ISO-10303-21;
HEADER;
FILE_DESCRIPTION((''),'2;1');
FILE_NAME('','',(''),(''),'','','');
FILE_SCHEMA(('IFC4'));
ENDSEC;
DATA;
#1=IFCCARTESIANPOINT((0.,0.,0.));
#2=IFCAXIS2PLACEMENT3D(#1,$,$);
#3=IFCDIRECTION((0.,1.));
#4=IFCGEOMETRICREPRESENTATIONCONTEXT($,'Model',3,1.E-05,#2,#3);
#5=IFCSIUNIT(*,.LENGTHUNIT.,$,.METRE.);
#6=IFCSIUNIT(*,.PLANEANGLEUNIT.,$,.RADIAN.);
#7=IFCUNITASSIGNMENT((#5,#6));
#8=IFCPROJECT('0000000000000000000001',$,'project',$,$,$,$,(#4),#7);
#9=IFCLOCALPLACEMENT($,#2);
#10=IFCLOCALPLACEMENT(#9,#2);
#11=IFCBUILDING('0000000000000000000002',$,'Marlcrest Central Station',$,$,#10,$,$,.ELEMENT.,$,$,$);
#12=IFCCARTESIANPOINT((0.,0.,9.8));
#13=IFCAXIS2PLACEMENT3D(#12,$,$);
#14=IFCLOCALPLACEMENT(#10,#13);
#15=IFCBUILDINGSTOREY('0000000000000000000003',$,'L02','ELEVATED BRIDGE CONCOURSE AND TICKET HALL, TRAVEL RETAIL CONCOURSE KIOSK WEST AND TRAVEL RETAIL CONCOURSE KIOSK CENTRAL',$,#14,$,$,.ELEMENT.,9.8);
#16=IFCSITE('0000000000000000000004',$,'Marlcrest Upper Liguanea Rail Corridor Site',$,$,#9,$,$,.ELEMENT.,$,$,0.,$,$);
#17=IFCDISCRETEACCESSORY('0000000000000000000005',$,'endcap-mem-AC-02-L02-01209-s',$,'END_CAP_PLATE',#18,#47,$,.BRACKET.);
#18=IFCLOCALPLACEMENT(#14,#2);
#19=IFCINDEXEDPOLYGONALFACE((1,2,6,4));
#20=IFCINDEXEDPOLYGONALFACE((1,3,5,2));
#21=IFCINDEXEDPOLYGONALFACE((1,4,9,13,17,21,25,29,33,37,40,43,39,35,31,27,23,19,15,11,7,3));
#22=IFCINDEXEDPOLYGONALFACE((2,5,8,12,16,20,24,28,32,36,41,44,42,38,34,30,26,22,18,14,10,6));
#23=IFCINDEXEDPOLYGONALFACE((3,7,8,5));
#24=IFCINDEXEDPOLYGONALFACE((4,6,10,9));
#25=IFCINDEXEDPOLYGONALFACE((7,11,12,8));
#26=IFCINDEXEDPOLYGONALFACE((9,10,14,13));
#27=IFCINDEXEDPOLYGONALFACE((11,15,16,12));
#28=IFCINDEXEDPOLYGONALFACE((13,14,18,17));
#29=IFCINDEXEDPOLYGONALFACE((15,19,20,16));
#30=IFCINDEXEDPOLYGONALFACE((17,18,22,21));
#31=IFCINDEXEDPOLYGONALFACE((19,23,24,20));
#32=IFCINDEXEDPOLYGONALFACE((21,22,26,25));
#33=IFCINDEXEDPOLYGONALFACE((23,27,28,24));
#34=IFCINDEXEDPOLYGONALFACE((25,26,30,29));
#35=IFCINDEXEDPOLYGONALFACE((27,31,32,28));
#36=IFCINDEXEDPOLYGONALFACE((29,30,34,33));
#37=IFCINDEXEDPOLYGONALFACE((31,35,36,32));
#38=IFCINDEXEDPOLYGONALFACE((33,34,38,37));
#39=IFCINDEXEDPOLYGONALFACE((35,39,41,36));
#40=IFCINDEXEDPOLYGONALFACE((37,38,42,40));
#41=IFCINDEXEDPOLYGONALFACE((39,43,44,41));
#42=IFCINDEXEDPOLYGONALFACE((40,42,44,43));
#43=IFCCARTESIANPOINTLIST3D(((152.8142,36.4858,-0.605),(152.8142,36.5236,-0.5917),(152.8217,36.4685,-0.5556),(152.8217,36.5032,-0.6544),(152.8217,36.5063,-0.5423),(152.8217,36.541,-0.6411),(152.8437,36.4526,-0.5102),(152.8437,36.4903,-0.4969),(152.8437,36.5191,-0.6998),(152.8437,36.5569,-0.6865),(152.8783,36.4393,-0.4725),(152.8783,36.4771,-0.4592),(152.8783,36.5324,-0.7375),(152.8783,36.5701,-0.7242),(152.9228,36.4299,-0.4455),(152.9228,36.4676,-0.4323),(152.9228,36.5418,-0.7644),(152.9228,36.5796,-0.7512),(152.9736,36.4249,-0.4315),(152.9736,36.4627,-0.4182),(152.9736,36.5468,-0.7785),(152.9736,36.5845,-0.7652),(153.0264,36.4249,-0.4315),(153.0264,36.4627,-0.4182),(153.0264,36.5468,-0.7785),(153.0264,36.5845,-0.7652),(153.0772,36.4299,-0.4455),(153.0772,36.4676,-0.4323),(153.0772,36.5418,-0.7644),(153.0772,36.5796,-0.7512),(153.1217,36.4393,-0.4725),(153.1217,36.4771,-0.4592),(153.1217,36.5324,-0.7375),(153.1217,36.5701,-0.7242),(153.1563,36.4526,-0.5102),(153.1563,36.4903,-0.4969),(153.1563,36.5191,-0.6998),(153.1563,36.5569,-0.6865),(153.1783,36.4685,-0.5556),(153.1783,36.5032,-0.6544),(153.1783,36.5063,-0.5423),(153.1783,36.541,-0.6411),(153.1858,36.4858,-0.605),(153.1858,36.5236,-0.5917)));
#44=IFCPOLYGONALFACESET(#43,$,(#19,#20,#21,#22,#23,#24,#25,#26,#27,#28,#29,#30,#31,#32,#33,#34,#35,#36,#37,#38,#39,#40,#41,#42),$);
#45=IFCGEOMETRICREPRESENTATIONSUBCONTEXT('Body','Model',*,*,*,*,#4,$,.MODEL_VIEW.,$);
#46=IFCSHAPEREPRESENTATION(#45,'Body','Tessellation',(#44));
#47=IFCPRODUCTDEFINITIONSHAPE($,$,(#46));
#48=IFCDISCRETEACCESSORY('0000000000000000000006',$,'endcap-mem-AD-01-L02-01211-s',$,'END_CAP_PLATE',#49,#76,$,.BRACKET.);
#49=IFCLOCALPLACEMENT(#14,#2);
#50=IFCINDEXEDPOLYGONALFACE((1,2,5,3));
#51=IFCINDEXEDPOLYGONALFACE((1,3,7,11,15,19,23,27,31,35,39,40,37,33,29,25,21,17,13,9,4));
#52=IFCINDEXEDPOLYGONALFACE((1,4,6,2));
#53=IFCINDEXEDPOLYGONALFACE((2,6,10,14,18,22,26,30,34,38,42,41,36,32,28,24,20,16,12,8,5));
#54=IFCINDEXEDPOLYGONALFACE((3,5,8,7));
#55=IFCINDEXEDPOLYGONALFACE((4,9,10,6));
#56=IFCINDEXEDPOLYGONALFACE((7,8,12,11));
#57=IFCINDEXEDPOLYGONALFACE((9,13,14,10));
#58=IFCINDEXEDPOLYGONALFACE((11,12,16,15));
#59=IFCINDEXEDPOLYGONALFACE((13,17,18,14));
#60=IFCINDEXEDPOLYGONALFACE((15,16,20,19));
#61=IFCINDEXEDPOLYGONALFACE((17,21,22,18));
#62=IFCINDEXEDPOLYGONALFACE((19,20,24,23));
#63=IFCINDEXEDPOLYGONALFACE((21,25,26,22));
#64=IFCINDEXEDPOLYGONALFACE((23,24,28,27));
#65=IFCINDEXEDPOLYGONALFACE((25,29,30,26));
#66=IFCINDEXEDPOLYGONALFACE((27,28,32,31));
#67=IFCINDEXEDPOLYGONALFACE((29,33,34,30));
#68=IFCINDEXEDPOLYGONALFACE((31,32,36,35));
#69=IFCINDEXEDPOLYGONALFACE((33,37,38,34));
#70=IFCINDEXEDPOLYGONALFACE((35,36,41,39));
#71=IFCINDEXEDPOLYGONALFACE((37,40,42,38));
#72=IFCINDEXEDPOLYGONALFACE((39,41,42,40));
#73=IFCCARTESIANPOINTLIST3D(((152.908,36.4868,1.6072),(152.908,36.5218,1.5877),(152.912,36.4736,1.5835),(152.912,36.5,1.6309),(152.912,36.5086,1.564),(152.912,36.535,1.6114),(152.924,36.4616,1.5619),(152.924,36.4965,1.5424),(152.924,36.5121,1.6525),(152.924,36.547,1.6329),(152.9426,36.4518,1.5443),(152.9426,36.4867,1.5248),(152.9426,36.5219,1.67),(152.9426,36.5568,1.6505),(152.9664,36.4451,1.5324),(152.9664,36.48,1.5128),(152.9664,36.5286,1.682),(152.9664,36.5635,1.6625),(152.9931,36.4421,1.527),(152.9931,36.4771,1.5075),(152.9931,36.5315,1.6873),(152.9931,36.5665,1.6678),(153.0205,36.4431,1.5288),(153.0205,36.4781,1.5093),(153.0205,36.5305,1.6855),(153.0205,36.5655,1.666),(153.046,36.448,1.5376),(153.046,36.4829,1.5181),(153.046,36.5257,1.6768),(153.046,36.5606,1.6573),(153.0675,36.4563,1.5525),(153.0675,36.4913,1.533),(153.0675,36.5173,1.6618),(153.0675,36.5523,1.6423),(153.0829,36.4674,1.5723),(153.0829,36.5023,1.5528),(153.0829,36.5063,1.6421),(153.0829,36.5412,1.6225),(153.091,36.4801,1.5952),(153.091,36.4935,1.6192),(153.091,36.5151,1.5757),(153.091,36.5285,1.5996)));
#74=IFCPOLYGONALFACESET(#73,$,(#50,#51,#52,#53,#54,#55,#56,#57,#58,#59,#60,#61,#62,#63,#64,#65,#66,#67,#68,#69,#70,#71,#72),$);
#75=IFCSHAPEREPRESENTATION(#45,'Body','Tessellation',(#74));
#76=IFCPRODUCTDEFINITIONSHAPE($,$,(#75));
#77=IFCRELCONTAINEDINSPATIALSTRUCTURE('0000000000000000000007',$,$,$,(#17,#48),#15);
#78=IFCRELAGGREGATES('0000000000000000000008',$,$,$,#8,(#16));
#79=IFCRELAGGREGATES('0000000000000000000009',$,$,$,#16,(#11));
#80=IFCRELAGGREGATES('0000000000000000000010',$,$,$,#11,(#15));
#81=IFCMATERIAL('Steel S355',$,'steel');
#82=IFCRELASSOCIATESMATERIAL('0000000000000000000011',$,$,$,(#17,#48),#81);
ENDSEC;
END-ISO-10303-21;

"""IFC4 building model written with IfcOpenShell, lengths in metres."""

from ifc_helpers import new_model, si_unit, direction, frame, origin, origin_2d, place, context, subcontext, project, spatial, circle, extrude, material, element, save


model = new_model("IFC4")

# Units and contexts
model_context = context("Model", 3, precision=1e-05, world=origin(), true_north=direction((0.0, 1.0)))
body_context = subcontext(model_context, "Body", "Model", "MODEL_VIEW")
ifc_project = project(units=[si_unit("LENGTHUNIT", "METRE"), si_unit("PLANEANGLEUNIT", "RADIAN")], contexts=[model_context])

# Site, building, storey
site_placement = place(None, origin())
site = spatial("IfcSite", under=ifc_project, at=site_placement, Name="Marlcrest Upper Liguanea Rail Corridor Site", CompositionType="ELEMENT", RefElevation=0.0)
building_placement = place(site_placement, origin())
building = spatial("IfcBuilding", under=site, at=building_placement, Name="Marlcrest Central Station", CompositionType="ELEMENT")
storey_placement = place(building_placement, frame((0.0, 0.0, 9.8)))
storey = spatial("IfcBuildingStorey", under=building, at=storey_placement, Name="L02", Description="ELEVATED BRIDGE CONCOURSE AND TICKET HALL, TRAVEL RETAIL CONCOURSE KIOSK WEST AND TRAVEL RETAIL CONCOURSE KIOSK CENTRAL", CompositionType="ELEMENT", Elevation=9.8)

# Shared definitions
ifc_material_1 = material(Name="Steel S355", Category="steel")

# Discrete accessories
discrete_accessory_1_placement = place(storey_placement, frame((153.0, 36.4858, -0.605), z_axis=(0.0, 0.943537, 0.331266), x_axis=(-1.0, 0.0, 0.0)))
element("IfcDiscreteAccessory", 1, at=discrete_accessory_1_placement, inside=storey, material=ifc_material_1, Name="endcap-mem-AC-02-L02-01209-s", ObjectType="END_CAP_PLATE", PredefinedType="BRACKET", context=body_context, shape_type="SweptSolid", body=[
    extrude(circle(Radius=0.1858, at=origin_2d()), origin(), (0.0, 0.0, 1.0), 0.04),
])
discrete_accessory_2_placement = place(storey_placement, frame((153.0, 36.4868, 1.6072), z_axis=(0.0, 0.873246, -0.48728), x_axis=(-1.0, 0.0, 0.0)))
element("IfcDiscreteAccessory", 2, at=discrete_accessory_2_placement, inside=storey, material=ifc_material_1, Name="endcap-mem-AD-01-L02-01211-s", ObjectType="END_CAP_PLATE", PredefinedType="BRACKET", context=body_context, shape_type="SweptSolid", body=[
    extrude(circle(Radius=0.092, at=origin_2d()), origin(), (0.0, 0.0, 1.0), 0.04),
])

save(model, "model.ifc")
